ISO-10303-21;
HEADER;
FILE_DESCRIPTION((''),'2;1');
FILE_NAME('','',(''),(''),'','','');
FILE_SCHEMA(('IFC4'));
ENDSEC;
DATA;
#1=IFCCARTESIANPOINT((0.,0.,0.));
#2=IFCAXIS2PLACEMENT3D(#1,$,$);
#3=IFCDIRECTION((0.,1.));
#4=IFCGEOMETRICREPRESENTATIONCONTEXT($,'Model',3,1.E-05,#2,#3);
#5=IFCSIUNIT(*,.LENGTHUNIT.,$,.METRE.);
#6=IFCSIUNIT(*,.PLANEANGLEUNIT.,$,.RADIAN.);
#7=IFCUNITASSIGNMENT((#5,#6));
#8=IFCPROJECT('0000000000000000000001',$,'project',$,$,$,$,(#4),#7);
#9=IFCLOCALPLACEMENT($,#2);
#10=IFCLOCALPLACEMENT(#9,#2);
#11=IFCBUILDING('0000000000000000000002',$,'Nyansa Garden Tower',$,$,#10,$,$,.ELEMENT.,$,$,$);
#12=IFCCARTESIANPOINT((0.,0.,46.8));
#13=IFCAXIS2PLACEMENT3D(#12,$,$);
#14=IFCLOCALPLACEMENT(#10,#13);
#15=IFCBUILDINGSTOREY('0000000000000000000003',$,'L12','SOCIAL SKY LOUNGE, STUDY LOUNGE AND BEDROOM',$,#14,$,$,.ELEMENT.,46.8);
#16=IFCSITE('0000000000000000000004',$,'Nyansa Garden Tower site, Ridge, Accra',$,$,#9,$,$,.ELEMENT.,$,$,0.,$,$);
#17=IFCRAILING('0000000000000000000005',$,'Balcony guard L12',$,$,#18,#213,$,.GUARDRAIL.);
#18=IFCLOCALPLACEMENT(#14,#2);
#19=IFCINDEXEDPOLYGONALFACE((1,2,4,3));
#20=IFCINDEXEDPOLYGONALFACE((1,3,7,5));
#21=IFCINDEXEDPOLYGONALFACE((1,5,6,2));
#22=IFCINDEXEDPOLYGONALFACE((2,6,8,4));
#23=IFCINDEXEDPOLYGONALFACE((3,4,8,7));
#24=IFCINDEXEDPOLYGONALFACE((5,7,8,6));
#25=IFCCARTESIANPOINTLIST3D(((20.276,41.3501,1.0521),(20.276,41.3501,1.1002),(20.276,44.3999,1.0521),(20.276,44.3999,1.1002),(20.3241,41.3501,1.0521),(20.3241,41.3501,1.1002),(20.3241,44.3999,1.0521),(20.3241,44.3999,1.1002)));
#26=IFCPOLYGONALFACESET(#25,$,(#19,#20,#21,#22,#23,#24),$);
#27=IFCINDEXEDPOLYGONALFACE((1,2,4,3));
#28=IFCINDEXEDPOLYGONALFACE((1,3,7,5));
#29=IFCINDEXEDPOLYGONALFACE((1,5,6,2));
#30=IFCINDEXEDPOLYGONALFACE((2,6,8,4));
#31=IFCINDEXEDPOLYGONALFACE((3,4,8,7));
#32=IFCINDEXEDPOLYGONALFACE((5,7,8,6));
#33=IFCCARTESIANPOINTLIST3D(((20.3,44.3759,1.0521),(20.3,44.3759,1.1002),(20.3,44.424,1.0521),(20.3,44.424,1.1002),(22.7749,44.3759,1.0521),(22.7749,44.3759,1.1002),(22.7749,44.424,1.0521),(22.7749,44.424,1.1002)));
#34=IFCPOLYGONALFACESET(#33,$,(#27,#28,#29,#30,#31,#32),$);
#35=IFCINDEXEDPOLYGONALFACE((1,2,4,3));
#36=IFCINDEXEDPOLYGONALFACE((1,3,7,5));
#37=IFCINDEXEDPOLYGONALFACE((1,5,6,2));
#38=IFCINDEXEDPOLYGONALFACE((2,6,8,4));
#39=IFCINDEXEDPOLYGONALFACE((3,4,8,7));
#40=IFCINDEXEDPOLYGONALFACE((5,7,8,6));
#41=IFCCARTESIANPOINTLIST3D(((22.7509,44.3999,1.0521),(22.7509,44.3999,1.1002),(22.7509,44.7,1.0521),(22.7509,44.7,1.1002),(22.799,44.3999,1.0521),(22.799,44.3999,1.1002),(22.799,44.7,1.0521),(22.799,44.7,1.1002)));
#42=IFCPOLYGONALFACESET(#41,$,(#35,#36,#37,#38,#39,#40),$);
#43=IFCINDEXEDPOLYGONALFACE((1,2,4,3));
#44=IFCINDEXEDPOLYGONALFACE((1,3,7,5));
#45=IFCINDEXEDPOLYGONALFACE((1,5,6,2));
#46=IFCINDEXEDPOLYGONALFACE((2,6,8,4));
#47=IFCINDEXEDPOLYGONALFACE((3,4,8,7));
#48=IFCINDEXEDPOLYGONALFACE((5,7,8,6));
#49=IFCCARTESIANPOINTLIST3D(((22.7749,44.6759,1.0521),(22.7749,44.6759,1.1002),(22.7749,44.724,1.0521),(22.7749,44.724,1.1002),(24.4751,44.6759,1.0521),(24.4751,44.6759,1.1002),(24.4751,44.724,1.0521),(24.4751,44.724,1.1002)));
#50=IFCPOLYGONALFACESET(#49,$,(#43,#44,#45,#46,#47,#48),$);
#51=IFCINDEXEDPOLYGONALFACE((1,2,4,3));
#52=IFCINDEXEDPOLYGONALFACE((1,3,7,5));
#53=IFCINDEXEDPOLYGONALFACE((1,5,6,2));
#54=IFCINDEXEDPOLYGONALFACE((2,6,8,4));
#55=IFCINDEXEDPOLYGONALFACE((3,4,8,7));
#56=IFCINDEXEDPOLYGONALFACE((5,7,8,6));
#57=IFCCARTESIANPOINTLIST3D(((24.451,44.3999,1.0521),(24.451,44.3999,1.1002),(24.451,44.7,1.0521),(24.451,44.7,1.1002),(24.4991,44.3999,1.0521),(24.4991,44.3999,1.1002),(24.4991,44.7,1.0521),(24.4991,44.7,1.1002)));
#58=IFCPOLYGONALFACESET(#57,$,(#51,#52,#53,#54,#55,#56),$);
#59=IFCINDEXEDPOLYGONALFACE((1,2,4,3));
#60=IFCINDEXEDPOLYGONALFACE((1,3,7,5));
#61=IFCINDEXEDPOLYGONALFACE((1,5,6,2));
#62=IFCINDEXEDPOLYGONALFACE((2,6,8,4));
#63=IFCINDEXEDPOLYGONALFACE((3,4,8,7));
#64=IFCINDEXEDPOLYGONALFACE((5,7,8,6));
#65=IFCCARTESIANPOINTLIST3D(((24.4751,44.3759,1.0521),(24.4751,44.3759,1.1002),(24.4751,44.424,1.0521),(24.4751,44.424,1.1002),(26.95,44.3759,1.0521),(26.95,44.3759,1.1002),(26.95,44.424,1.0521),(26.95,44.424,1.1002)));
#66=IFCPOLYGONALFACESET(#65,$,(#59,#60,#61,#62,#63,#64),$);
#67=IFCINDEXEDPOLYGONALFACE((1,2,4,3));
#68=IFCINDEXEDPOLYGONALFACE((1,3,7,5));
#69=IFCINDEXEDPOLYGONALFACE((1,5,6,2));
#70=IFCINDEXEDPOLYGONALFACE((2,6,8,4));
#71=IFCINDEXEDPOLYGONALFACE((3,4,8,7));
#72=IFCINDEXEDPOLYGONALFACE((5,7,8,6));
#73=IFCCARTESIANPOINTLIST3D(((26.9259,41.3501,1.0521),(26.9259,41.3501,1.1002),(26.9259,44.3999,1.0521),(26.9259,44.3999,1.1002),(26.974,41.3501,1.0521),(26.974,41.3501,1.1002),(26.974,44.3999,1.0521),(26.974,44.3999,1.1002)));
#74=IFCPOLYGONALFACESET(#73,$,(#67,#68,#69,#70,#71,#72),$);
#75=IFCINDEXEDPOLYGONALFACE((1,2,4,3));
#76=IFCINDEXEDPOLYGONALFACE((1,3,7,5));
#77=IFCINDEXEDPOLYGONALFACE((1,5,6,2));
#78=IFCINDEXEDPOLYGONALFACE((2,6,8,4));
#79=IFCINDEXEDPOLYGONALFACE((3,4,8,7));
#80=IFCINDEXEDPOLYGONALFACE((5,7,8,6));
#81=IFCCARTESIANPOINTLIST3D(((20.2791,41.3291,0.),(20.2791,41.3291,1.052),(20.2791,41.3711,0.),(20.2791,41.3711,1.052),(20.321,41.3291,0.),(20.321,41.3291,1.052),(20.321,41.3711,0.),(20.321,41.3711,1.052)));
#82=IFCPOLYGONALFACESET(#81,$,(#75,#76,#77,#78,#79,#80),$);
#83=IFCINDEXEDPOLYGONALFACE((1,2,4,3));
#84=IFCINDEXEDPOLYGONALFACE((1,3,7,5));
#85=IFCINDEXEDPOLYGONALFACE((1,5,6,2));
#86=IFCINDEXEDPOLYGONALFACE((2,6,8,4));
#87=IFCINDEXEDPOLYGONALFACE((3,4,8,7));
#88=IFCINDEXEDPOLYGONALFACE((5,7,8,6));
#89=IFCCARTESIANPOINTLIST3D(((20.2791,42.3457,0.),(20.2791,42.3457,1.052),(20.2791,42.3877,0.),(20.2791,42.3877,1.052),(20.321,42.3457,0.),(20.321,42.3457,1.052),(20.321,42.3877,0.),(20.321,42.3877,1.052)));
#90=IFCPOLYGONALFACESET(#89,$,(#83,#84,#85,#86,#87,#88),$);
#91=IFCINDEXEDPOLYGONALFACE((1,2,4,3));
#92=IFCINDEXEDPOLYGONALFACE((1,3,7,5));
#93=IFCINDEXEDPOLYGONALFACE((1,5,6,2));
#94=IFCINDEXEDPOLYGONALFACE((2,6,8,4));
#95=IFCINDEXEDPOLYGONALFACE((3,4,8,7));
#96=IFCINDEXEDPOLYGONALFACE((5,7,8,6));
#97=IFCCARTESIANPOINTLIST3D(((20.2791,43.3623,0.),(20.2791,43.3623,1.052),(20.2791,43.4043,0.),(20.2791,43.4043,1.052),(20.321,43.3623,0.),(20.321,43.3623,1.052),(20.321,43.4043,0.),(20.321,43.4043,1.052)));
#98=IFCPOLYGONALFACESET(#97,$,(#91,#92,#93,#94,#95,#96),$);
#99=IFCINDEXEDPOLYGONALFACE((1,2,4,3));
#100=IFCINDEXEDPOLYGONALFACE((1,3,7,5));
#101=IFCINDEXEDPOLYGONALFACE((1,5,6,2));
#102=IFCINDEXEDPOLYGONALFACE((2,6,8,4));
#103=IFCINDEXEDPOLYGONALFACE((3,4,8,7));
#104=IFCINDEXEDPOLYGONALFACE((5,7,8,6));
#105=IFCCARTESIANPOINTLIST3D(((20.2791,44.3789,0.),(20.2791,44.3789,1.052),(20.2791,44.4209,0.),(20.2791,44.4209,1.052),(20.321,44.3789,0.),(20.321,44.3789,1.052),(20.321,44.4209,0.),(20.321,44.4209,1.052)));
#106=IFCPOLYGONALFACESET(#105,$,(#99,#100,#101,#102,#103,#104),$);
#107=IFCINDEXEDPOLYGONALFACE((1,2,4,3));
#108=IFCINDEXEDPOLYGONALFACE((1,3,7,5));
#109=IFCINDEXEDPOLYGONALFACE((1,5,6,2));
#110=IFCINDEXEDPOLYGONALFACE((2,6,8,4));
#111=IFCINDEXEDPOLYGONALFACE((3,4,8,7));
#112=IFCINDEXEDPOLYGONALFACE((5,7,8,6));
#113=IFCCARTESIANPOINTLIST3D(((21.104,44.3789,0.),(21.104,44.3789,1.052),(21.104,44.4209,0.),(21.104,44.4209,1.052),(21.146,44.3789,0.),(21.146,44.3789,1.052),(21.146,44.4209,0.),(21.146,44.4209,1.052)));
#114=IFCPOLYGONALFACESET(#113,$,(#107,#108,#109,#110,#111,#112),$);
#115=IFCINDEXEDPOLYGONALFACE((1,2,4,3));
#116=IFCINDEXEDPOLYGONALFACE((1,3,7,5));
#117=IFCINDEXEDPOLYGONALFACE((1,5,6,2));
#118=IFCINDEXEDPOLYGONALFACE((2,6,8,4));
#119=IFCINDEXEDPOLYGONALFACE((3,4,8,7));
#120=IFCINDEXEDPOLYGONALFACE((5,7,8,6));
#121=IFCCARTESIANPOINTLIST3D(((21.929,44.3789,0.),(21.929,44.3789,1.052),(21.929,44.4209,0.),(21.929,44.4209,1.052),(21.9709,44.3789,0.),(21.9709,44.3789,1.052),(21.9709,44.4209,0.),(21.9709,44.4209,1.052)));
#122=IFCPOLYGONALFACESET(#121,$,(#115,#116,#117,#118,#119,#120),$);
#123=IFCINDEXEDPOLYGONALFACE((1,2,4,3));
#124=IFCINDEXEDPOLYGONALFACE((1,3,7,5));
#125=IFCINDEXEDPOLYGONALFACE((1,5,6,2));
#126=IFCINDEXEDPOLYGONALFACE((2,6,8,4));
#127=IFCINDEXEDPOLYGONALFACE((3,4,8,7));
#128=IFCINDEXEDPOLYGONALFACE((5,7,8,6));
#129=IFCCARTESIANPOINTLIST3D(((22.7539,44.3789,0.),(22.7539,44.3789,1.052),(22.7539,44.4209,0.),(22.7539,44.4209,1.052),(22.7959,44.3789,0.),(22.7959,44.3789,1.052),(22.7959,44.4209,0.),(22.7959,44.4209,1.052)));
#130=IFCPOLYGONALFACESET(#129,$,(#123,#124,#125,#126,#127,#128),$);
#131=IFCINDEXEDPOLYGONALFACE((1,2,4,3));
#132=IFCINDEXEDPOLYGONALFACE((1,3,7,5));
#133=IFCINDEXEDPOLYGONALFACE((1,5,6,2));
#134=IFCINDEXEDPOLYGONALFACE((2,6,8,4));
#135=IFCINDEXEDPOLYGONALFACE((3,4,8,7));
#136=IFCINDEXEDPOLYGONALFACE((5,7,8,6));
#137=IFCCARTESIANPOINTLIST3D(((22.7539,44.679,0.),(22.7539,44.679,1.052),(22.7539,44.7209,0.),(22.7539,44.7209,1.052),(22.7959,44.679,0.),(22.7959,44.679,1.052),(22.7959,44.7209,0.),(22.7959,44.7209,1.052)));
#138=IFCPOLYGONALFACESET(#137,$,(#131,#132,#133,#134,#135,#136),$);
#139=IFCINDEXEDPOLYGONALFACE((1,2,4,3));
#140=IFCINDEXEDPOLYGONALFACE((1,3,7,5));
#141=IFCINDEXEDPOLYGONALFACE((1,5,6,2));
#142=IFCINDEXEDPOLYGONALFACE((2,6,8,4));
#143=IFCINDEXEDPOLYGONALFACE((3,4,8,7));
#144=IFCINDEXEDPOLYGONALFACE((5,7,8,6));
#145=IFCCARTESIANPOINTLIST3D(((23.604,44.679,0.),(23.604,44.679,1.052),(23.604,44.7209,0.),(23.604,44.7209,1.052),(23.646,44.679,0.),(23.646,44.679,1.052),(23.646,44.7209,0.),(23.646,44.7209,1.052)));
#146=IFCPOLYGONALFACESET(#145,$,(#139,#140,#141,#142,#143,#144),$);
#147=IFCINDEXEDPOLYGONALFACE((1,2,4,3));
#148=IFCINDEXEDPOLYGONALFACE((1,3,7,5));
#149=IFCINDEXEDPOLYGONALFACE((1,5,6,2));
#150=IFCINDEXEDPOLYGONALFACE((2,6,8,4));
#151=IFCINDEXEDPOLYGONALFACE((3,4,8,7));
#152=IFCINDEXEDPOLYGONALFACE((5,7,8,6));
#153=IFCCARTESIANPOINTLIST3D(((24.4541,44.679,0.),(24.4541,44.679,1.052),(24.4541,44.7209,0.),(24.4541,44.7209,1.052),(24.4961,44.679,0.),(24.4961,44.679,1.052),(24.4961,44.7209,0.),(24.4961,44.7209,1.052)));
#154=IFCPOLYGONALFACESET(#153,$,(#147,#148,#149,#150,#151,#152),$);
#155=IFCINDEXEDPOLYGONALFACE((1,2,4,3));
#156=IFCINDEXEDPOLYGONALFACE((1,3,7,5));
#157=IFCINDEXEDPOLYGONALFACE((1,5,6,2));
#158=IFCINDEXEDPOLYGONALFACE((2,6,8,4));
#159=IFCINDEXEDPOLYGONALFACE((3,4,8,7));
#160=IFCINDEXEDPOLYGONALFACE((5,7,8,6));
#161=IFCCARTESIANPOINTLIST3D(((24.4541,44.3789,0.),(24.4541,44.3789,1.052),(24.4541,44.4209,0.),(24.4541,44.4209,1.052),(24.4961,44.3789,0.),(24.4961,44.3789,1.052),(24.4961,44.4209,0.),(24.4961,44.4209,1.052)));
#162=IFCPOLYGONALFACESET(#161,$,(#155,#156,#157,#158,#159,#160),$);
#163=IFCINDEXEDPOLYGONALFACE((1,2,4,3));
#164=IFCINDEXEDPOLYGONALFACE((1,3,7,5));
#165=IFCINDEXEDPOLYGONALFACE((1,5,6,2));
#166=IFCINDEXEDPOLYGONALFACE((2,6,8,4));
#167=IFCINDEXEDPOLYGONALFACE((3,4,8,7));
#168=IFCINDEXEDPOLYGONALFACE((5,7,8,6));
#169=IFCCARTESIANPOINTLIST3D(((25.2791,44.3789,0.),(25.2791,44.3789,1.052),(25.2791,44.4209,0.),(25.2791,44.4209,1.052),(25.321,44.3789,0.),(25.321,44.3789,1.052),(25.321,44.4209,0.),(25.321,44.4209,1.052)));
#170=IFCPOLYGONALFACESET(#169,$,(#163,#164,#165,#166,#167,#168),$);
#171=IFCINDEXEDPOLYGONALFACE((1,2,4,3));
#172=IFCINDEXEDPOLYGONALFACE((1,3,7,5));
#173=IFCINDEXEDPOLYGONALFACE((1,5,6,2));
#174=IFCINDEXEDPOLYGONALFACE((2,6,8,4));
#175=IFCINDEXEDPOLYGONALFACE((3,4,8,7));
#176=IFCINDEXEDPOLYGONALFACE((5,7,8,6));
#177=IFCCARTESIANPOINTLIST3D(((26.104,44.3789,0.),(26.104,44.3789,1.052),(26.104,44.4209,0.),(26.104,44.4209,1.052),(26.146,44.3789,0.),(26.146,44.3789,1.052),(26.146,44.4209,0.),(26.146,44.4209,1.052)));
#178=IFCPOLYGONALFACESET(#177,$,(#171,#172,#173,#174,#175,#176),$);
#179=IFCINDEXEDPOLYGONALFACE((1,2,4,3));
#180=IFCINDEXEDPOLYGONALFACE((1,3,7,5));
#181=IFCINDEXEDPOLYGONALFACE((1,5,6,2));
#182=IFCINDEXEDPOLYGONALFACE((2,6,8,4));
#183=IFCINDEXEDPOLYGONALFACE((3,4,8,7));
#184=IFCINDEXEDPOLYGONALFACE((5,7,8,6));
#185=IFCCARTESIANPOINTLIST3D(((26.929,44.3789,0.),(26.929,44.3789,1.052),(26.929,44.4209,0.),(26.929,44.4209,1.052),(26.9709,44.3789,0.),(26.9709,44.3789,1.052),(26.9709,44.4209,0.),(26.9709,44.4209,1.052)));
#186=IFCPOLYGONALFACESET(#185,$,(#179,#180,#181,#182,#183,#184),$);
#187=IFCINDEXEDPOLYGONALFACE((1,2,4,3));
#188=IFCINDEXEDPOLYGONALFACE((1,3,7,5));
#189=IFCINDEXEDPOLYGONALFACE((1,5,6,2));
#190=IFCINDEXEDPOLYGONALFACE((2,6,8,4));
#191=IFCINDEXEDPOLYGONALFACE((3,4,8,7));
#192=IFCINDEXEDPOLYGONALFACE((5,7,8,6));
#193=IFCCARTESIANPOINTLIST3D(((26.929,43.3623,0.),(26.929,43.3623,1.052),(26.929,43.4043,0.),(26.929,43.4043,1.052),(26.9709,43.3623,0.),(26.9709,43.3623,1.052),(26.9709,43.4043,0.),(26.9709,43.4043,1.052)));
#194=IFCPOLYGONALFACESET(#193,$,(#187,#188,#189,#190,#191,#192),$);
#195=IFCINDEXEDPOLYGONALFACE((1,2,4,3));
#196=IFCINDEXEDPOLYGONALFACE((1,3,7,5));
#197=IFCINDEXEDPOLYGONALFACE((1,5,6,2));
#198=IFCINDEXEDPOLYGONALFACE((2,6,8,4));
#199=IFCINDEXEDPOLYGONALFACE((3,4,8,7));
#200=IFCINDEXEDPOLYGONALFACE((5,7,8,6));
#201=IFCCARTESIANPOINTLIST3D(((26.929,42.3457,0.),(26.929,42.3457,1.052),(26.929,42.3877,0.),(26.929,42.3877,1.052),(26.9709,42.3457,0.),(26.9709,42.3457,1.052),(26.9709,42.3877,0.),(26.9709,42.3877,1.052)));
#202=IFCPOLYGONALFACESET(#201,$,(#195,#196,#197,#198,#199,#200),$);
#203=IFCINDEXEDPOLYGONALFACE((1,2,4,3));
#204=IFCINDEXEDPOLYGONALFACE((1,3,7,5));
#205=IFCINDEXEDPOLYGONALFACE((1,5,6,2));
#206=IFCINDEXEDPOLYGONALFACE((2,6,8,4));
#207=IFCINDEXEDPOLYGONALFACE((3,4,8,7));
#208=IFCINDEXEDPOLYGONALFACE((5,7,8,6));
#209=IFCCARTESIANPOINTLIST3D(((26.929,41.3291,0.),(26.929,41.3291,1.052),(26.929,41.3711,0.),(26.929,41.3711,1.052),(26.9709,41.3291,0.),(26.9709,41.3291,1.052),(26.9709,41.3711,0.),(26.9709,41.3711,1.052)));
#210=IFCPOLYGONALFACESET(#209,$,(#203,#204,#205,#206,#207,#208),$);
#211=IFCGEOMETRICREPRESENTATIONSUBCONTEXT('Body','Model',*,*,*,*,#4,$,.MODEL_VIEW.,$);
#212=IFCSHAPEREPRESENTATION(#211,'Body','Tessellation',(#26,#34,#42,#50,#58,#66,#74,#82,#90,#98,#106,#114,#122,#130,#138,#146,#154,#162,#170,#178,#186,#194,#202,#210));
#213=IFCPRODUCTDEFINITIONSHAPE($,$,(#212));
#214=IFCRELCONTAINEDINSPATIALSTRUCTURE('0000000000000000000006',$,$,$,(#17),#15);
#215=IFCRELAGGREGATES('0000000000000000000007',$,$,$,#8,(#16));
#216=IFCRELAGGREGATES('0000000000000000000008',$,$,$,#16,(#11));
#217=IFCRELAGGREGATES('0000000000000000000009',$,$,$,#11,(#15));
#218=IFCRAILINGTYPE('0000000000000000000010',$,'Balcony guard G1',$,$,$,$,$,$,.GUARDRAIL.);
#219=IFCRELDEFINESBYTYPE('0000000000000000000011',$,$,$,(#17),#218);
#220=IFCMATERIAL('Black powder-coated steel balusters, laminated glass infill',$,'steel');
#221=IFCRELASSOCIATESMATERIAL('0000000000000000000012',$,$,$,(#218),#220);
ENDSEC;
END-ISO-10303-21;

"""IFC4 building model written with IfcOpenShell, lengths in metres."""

from ifc_helpers import new_model, si_unit, direction, frame, origin, origin_2d, place, context, subcontext, project, spatial, rectangle, extrude, material, type_object, element, save


model = new_model("IFC4")

# Units and contexts
model_context = context("Model", 3, precision=1e-05, world=origin(), true_north=direction((0.0, 1.0)))
body_context = subcontext(model_context, "Body", "Model", "MODEL_VIEW")
ifc_project = project(units=[si_unit("LENGTHUNIT", "METRE"), si_unit("PLANEANGLEUNIT", "RADIAN")], contexts=[model_context])

# Site, building, storey
site_placement = place(None, origin())
site = spatial("IfcSite", under=ifc_project, at=site_placement, Name="Nyansa Garden Tower site, Ridge, Accra", CompositionType="ELEMENT", RefElevation=0.0)
building_placement = place(site_placement, origin())
building = spatial("IfcBuilding", under=site, at=building_placement, Name="Nyansa Garden Tower", CompositionType="ELEMENT")
storey_placement = place(building_placement, frame((0.0, 0.0, 46.8)))
storey = spatial("IfcBuildingStorey", under=building, at=storey_placement, Name="L12", Description="SOCIAL SKY LOUNGE, STUDY LOUNGE AND BEDROOM", CompositionType="ELEMENT", Elevation=46.8)

# Railing
ifc_material_1 = material(Name="Black powder-coated steel balusters, laminated glass infill", Category="steel")
railing_type = type_object("IfcRailingType", Name="Balcony guard G1", PredefinedType="GUARDRAIL", material=ifc_material_1)
railing_placement = place(storey_placement, frame((20.3, 41.3501, 0.0)))
element("IfcRailing", 1, at=railing_placement, inside=storey, type_object=railing_type, Name="Balcony guard L12", PredefinedType="GUARDRAIL", context=body_context, shape_type="SweptSolid", body=[
    extrude(rectangle(XDim=0.0481, YDim=0.0481, at=origin_2d()), frame((0.0, 0.0, 1.0762), z_axis=(0.0, 1.0, 0.0), x_axis=(-1.0, 0.0, 0.0)), (0.0, 0.0, 1.0), 3.0498),
    extrude(rectangle(XDim=0.0481, YDim=0.0481, at=origin_2d()), frame((0.0, 3.0498, 1.0762), z_axis=(1.0, 0.0, 0.0), x_axis=(0.0, 1.0, 0.0)), (0.0, 0.0, 1.0), 2.4749),
    extrude(rectangle(XDim=0.0481, YDim=0.0481, at=origin_2d()), frame((2.4749, 3.0498, 1.0762), z_axis=(0.0, 1.0, 0.0), x_axis=(-1.0, 0.0, 0.0)), (0.0, 0.0, 1.0), 0.3),
    extrude(rectangle(XDim=0.0481, YDim=0.0481, at=origin_2d()), frame((2.4749, 3.3499, 1.0762), z_axis=(1.0, 0.0, 0.0), x_axis=(0.0, 1.0, 0.0)), (0.0, 0.0, 1.0), 1.7002),
    extrude(rectangle(XDim=0.0481, YDim=0.0481, at=origin_2d()), frame((4.175, 3.3499, 1.0762), z_axis=(0.0, -1.0, 0.0), x_axis=(1.0, 0.0, 0.0)), (0.0, 0.0, 1.0), 0.3),
    extrude(rectangle(XDim=0.0481, YDim=0.0481, at=origin_2d()), frame((4.175, 3.0498, 1.0762), z_axis=(1.0, 0.0, 0.0), x_axis=(0.0, 1.0, 0.0)), (0.0, 0.0, 1.0), 2.4749),
    extrude(rectangle(XDim=0.0481, YDim=0.0481, at=origin_2d()), frame((6.6499, 3.0498, 1.0762), z_axis=(0.0, -1.0, 0.0), x_axis=(1.0, 0.0, 0.0)), (0.0, 0.0, 1.0), 3.0498),
    extrude(rectangle(XDim=0.042, YDim=0.042, at=origin_2d()), origin(), (0.0, 0.0, 1.0), 1.052),
    extrude(rectangle(XDim=0.042, YDim=0.042, at=origin_2d()), frame((0.0, 1.0166, 0.0)), (0.0, 0.0, 1.0), 1.052),
    extrude(rectangle(XDim=0.042, YDim=0.042, at=origin_2d()), frame((0.0, 2.0332, 0.0)), (0.0, 0.0, 1.0), 1.052),
    extrude(rectangle(XDim=0.042, YDim=0.042, at=origin_2d()), frame((0.0, 3.0498, 0.0)), (0.0, 0.0, 1.0), 1.052),
    extrude(rectangle(XDim=0.042, YDim=0.042, at=origin_2d()), frame((0.825, 3.0498, 0.0)), (0.0, 0.0, 1.0), 1.052),
    extrude(rectangle(XDim=0.042, YDim=0.042, at=origin_2d()), frame((1.6499, 3.0498, 0.0)), (0.0, 0.0, 1.0), 1.052),
    extrude(rectangle(XDim=0.042, YDim=0.042, at=origin_2d()), frame((2.4749, 3.0498, 0.0)), (0.0, 0.0, 1.0), 1.052),
    extrude(rectangle(XDim=0.042, YDim=0.042, at=origin_2d()), frame((2.4749, 3.3499, 0.0)), (0.0, 0.0, 1.0), 1.052),
    extrude(rectangle(XDim=0.042, YDim=0.042, at=origin_2d()), frame((3.325, 3.3499, 0.0)), (0.0, 0.0, 1.0), 1.052),
    extrude(rectangle(XDim=0.042, YDim=0.042, at=origin_2d()), frame((4.175, 3.3499, 0.0)), (0.0, 0.0, 1.0), 1.052),
    extrude(rectangle(XDim=0.042, YDim=0.042, at=origin_2d()), frame((4.175, 3.0498, 0.0)), (0.0, 0.0, 1.0), 1.052),
    extrude(rectangle(XDim=0.042, YDim=0.042, at=origin_2d()), frame((5.0, 3.0498, 0.0)), (0.0, 0.0, 1.0), 1.052),
    extrude(rectangle(XDim=0.042, YDim=0.042, at=origin_2d()), frame((5.825, 3.0498, 0.0)), (0.0, 0.0, 1.0), 1.052),
    extrude(rectangle(XDim=0.042, YDim=0.042, at=origin_2d()), frame((6.6499, 3.0498, 0.0)), (0.0, 0.0, 1.0), 1.052),
    extrude(rectangle(XDim=0.042, YDim=0.042, at=origin_2d()), frame((6.6499, 2.0332, 0.0)), (0.0, 0.0, 1.0), 1.052),
    extrude(rectangle(XDim=0.042, YDim=0.042, at=origin_2d()), frame((6.6499, 1.0166, 0.0)), (0.0, 0.0, 1.0), 1.052),
    extrude(rectangle(XDim=0.042, YDim=0.042, at=origin_2d()), frame((6.6499, 0.0, 0.0)), (0.0, 0.0, 1.0), 1.052),
])

save(model, "model.ifc")
